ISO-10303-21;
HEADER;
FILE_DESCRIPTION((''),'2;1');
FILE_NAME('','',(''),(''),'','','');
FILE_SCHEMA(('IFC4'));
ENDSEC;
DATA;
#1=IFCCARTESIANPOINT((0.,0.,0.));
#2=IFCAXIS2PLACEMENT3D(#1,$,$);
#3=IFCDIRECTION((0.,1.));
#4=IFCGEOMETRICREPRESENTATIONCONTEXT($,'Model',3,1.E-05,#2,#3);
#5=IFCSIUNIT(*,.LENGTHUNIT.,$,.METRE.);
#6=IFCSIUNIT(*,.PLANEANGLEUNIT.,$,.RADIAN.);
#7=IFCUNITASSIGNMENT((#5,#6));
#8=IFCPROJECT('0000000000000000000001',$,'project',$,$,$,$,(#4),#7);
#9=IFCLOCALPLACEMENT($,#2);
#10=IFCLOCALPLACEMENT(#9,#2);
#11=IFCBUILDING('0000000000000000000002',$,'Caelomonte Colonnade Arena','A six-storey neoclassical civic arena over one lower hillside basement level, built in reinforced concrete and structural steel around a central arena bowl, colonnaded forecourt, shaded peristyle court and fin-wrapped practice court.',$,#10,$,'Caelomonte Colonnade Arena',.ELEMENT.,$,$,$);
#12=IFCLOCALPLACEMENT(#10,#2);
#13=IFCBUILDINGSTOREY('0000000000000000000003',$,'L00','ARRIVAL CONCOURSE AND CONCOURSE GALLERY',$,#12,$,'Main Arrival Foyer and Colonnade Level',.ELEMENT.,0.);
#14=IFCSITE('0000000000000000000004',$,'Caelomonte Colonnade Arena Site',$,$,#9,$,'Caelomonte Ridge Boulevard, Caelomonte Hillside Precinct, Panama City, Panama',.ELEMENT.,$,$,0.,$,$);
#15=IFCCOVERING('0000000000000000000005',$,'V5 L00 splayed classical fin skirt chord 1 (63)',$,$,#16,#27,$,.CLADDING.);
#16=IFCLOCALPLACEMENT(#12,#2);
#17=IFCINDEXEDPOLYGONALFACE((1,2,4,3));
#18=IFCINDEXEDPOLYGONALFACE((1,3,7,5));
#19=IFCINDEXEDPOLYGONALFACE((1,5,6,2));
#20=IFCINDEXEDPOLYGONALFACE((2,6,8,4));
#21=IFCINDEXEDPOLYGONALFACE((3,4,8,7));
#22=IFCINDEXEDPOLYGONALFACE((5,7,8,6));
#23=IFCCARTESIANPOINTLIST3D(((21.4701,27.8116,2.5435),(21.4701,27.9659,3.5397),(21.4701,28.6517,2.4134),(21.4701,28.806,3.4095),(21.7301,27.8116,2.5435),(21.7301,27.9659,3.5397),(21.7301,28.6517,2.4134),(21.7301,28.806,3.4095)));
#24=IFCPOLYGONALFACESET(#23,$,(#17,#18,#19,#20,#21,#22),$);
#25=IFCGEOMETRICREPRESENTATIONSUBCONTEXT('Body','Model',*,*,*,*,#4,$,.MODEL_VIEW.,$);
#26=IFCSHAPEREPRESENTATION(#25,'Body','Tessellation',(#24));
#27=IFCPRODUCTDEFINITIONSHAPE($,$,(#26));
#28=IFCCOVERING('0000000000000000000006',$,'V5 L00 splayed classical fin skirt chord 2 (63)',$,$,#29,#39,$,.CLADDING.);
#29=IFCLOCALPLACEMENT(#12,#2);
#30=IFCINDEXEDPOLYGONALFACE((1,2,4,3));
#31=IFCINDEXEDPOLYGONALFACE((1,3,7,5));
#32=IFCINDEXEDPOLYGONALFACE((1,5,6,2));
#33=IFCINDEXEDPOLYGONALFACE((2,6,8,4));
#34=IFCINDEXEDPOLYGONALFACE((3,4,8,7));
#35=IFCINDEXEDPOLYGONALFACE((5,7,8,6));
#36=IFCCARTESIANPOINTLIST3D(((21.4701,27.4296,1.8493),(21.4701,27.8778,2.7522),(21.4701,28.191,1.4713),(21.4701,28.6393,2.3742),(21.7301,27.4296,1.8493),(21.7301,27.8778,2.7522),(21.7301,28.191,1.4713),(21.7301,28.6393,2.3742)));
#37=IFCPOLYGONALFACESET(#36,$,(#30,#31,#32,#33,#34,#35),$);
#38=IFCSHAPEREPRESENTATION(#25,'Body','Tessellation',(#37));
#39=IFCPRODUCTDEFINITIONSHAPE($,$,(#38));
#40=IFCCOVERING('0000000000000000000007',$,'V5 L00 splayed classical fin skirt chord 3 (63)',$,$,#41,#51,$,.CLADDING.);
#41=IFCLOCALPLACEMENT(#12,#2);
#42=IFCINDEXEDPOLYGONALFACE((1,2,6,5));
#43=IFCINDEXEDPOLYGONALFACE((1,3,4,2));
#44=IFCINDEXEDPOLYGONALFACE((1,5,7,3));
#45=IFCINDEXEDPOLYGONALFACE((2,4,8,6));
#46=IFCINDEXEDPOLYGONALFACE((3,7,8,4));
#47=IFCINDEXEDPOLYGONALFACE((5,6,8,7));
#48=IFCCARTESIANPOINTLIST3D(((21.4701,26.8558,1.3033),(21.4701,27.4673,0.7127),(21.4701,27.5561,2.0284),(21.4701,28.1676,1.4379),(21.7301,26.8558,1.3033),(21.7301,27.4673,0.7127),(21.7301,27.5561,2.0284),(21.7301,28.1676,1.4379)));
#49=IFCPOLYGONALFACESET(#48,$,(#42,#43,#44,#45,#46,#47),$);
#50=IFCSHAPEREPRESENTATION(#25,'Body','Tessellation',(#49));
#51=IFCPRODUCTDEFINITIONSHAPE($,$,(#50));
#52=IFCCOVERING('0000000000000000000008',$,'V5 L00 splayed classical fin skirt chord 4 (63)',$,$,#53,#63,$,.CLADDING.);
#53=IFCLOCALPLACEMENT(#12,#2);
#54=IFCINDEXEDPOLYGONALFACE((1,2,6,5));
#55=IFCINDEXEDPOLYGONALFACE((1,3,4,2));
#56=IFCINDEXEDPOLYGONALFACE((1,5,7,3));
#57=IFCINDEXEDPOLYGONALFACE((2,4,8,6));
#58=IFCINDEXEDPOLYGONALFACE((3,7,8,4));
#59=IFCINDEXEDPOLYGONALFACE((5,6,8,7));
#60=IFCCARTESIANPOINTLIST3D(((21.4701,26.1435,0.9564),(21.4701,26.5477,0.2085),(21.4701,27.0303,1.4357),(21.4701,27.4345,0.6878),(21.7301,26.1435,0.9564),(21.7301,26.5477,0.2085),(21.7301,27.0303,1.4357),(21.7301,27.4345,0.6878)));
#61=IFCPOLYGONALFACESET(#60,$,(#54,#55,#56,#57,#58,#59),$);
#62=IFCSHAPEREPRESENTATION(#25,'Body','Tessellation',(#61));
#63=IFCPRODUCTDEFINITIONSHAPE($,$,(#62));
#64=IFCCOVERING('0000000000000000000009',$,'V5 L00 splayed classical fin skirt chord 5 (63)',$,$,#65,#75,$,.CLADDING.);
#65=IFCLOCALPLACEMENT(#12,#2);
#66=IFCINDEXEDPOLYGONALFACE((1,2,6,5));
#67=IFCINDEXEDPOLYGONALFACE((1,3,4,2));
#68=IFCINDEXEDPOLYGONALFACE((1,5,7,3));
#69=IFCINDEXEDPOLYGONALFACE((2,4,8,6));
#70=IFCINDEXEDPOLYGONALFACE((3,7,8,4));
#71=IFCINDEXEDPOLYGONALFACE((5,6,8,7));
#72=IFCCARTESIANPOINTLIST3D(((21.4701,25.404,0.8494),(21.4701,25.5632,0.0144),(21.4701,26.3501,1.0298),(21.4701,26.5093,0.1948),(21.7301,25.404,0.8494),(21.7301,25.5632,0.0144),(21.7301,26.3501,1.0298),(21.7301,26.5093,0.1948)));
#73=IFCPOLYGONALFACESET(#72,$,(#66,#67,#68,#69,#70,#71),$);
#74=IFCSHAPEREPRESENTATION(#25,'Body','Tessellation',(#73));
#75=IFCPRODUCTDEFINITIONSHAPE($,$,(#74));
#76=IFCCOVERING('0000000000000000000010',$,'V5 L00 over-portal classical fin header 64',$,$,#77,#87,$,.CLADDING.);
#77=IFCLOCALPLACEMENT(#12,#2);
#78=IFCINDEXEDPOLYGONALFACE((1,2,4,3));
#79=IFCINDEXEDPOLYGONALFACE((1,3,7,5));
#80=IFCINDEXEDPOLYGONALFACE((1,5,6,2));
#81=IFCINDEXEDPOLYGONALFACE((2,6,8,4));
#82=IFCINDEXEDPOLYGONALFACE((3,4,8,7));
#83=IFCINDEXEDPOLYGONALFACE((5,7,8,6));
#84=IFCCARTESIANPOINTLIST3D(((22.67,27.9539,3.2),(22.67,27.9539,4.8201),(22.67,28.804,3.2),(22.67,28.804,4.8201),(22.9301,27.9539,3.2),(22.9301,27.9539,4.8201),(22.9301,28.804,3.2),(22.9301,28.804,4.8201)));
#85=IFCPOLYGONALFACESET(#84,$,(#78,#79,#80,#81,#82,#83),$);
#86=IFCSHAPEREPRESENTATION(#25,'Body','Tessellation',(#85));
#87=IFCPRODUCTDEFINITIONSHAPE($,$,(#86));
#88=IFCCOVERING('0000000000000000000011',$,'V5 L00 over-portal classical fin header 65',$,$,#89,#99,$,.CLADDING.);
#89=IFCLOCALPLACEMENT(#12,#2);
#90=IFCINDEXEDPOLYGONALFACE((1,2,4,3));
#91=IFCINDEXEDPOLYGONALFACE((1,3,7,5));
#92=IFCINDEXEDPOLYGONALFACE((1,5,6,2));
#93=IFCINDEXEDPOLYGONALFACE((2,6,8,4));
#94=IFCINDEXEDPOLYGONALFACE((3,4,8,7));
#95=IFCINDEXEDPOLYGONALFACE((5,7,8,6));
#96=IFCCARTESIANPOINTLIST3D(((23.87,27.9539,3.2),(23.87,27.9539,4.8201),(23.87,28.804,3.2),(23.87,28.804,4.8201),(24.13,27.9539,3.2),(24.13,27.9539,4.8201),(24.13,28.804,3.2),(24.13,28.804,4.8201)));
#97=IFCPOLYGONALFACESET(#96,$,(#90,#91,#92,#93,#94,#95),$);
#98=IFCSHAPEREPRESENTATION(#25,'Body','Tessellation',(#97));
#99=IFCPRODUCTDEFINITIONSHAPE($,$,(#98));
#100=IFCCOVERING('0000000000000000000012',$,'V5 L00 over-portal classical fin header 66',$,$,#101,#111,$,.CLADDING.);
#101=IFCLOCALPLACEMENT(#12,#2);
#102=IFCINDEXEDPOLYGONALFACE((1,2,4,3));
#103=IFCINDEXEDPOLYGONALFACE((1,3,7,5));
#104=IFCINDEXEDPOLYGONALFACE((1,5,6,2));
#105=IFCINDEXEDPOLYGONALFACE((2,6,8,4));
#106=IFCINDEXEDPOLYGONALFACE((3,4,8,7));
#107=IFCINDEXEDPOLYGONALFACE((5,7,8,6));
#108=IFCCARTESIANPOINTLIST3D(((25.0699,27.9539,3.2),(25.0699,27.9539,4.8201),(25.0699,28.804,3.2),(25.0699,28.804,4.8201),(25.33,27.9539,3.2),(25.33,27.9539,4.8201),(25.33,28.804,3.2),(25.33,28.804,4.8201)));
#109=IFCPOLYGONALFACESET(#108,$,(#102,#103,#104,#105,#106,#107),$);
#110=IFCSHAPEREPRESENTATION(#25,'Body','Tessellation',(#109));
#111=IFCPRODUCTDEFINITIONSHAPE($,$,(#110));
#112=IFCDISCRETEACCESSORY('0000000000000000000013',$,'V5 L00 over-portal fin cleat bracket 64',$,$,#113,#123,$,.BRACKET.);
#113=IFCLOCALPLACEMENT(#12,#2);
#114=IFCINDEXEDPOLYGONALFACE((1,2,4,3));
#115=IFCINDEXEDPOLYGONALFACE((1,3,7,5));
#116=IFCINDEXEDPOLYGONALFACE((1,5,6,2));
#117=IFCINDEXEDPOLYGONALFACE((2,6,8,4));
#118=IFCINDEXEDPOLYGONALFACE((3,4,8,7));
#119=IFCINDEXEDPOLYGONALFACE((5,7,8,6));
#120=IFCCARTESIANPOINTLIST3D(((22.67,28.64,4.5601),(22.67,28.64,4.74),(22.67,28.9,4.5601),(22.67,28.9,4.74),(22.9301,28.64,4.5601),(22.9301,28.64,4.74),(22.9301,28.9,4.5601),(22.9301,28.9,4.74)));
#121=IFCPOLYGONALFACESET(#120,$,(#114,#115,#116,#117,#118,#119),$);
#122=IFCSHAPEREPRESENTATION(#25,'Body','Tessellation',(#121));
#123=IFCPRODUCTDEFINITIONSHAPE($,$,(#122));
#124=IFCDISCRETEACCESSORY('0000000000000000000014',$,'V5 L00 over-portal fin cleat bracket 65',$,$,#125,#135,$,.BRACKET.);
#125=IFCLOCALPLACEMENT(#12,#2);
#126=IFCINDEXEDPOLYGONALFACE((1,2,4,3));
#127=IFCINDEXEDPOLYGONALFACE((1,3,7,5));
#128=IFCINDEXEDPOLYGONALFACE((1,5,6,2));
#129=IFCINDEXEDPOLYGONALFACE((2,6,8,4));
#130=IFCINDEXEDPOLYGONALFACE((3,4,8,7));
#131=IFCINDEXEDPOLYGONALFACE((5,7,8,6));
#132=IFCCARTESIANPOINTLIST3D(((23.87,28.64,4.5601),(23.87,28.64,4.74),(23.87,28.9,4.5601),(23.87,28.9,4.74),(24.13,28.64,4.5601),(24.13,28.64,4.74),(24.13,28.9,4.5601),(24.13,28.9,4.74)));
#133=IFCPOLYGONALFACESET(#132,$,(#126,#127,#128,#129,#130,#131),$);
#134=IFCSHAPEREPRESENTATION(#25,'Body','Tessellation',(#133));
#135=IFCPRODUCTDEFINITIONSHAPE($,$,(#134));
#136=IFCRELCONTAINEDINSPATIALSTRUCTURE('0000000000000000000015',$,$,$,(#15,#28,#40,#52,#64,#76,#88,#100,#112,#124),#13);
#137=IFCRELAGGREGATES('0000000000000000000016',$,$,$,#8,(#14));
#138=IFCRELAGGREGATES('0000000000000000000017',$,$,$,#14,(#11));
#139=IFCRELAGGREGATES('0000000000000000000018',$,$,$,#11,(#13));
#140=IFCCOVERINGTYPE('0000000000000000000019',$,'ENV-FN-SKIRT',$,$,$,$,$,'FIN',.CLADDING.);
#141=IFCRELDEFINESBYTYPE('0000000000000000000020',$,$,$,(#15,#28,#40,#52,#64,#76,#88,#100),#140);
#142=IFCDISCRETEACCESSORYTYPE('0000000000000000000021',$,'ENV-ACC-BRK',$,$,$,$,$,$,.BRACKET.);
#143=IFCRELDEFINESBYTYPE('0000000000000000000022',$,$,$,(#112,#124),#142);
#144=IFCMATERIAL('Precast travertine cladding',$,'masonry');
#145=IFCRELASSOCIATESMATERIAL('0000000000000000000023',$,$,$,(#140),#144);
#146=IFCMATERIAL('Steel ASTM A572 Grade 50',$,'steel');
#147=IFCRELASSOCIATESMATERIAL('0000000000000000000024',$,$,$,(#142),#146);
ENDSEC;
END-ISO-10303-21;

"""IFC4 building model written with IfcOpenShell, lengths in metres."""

from ifc_helpers import new_model, si_unit, direction, frame, origin, origin_2d, place, context, subcontext, project, spatial, rectangle, extrude, material, material_profile, profile_set, type_object, element, save


model = new_model("IFC4")

# Units and contexts
model_context = context("Model", 3, precision=1e-05, world=origin(), true_north=direction((0.0, 1.0)))
body_context = subcontext(model_context, "Body", "Model", "MODEL_VIEW")
ifc_project = project(units=[si_unit("LENGTHUNIT", "METRE"), si_unit("PLANEANGLEUNIT", "RADIAN")], contexts=[model_context])

# Site, building, storey
site_placement = place(None, origin())
site = spatial("IfcSite", under=ifc_project, at=site_placement, Name="Caelomonte Colonnade Arena Site", LongName="Caelomonte Ridge Boulevard, Caelomonte Hillside Precinct, Panama City, Panama", CompositionType="ELEMENT", RefElevation=0.0)
building_placement = place(site_placement, origin())
building = spatial("IfcBuilding", under=site, at=building_placement, Name="Caelomonte Colonnade Arena", Description="A six-storey neoclassical civic arena over one lower hillside basement level, built in reinforced concrete and structural steel around a central arena bowl, colonnaded forecourt, shaded peristyle court and fin-wrapped practice court.", LongName="Caelomonte Colonnade Arena", CompositionType="ELEMENT")
storey_placement = place(building_placement, origin())
storey = spatial("IfcBuildingStorey", under=building, at=storey_placement, Name="L00", Description="ARRIVAL CONCOURSE AND CONCOURSE GALLERY", LongName="Main Arrival Foyer and Colonnade Level", CompositionType="ELEMENT", Elevation=0.0)

# Coverings
ifc_material_1 = material(Name="Precast travertine cladding", Category="masonry")
ifc_material_profile = material_profile(ifc_material_1, rectangle(XDim=0.26, YDim=0.8501, at=origin_2d()), Name="FIN260X850")
ifc_profile_set = profile_set([ifc_material_profile], Name="Precast travertine cladding")
covering_type = type_object("IfcCoveringType", Name="ENV-FN-SKIRT", ElementType="FIN", PredefinedType="CLADDING", material=ifc_profile_set)
for number, where, z_axis, x_axis, name in (
    (1, (21.6001, 28.386, 3.4746), (0.0, -0.153076, -0.988214), (-1.0, 0.0, 0.0), "V5 L00 splayed classical fin skirt chord 1 (63)"),
    (2, (21.6001, 28.2585, 2.5632), (0.0, -0.444693, -0.895683), (-1.0, 0.0, 0.0), "V5 L00 splayed classical fin skirt chord 2 (63)"),
    (3, (21.6001, 27.8618, 1.7332), (0.0, -0.694646, -0.719351), (-1.0, 0.0, 0.0), "V5 L00 splayed classical fin skirt chord 3 (63)"),
    (4, (21.6001, 27.2324, 1.0618), (0.0, -0.879731, -0.475471), (-1.0, 0.0, 0.0), "V5 L00 splayed classical fin skirt chord 4 (63)"),
):
    element("IfcCovering", number, at=place(storey_placement, frame(where, z_axis=z_axis, x_axis=x_axis)), inside=storey, type_object=covering_type, Name=name, PredefinedType="CLADDING", context=body_context, shape_type="SweptSolid", body=[
        extrude(rectangle(XDim=0.26, YDim=0.8501, at=origin_2d()), origin(), (0.0, 0.0, 1.0), 1.0081),
    ])
covering_1_placement = place(storey_placement, frame((21.6001, 26.4297, 0.6123), z_axis=(0.0, -0.982296, -0.187333), x_axis=(-1.0, 0.0, 0.0)))
element("IfcCovering", 5, at=covering_1_placement, inside=storey, type_object=covering_type, Name="V5 L00 splayed classical fin skirt chord 5 (63)", PredefinedType="CLADDING", context=body_context, shape_type="SweptSolid", body=[
    extrude(rectangle(XDim=0.26, YDim=0.8501, at=origin_2d()), origin(), (0.0, 0.0, 1.0), 0.9631),
])
for number, where, z_axis, x_axis, name in (
    (6, (22.8, 28.3789, 3.2), (0.0, 0.0, 1.0), (-1.0, 0.0, 0.0), "V5 L00 over-portal classical fin header 64"),
    (7, (24.0, 28.3789, 3.2), (0.0, 0.0, 1.0), (-1.0, 0.0, 0.0), "V5 L00 over-portal classical fin header 65"),
    (8, (25.2, 28.3789, 3.2), (0.0, 0.0, 1.0), (-1.0, 0.0, 0.0), "V5 L00 over-portal classical fin header 66"),
):
    element("IfcCovering", number, at=place(storey_placement, frame(where, z_axis=z_axis, x_axis=x_axis)), inside=storey, type_object=covering_type, Name=name, PredefinedType="CLADDING", context=body_context, shape_type="SweptSolid", body=[
        extrude(rectangle(XDim=0.26, YDim=0.8501, at=origin_2d()), origin(), (0.0, 0.0, 1.0), 1.6201),
    ])

# Discrete accessories
ifc_material_2 = material(Name="Steel ASTM A572 Grade 50", Category="steel")
discrete_accessory_type = type_object("IfcDiscreteAccessoryType", Name="ENV-ACC-BRK", PredefinedType="BRACKET", material=ifc_material_2)
for number, where, z_axis, x_axis, name in (
    (9, (22.8, 28.77, 4.5601), (0.0, 0.0, 1.0), (1.0, 0.0, 0.0), "V5 L00 over-portal fin cleat bracket 64"),
    (10, (24.0, 28.77, 4.5601), (0.0, 0.0, 1.0), (1.0, 0.0, 0.0), "V5 L00 over-portal fin cleat bracket 65"),
):
    element("IfcDiscreteAccessory", number, at=place(storey_placement, frame(where, z_axis=z_axis, x_axis=x_axis)), inside=storey, type_object=discrete_accessory_type, Name=name, PredefinedType="BRACKET", context=body_context, shape_type="SweptSolid", body=[
        extrude(rectangle(XDim=0.26, YDim=0.26, at=origin_2d()), origin(), (0.0, 0.0, 1.0), 0.1799),
    ])

save(model, "model.ifc")
